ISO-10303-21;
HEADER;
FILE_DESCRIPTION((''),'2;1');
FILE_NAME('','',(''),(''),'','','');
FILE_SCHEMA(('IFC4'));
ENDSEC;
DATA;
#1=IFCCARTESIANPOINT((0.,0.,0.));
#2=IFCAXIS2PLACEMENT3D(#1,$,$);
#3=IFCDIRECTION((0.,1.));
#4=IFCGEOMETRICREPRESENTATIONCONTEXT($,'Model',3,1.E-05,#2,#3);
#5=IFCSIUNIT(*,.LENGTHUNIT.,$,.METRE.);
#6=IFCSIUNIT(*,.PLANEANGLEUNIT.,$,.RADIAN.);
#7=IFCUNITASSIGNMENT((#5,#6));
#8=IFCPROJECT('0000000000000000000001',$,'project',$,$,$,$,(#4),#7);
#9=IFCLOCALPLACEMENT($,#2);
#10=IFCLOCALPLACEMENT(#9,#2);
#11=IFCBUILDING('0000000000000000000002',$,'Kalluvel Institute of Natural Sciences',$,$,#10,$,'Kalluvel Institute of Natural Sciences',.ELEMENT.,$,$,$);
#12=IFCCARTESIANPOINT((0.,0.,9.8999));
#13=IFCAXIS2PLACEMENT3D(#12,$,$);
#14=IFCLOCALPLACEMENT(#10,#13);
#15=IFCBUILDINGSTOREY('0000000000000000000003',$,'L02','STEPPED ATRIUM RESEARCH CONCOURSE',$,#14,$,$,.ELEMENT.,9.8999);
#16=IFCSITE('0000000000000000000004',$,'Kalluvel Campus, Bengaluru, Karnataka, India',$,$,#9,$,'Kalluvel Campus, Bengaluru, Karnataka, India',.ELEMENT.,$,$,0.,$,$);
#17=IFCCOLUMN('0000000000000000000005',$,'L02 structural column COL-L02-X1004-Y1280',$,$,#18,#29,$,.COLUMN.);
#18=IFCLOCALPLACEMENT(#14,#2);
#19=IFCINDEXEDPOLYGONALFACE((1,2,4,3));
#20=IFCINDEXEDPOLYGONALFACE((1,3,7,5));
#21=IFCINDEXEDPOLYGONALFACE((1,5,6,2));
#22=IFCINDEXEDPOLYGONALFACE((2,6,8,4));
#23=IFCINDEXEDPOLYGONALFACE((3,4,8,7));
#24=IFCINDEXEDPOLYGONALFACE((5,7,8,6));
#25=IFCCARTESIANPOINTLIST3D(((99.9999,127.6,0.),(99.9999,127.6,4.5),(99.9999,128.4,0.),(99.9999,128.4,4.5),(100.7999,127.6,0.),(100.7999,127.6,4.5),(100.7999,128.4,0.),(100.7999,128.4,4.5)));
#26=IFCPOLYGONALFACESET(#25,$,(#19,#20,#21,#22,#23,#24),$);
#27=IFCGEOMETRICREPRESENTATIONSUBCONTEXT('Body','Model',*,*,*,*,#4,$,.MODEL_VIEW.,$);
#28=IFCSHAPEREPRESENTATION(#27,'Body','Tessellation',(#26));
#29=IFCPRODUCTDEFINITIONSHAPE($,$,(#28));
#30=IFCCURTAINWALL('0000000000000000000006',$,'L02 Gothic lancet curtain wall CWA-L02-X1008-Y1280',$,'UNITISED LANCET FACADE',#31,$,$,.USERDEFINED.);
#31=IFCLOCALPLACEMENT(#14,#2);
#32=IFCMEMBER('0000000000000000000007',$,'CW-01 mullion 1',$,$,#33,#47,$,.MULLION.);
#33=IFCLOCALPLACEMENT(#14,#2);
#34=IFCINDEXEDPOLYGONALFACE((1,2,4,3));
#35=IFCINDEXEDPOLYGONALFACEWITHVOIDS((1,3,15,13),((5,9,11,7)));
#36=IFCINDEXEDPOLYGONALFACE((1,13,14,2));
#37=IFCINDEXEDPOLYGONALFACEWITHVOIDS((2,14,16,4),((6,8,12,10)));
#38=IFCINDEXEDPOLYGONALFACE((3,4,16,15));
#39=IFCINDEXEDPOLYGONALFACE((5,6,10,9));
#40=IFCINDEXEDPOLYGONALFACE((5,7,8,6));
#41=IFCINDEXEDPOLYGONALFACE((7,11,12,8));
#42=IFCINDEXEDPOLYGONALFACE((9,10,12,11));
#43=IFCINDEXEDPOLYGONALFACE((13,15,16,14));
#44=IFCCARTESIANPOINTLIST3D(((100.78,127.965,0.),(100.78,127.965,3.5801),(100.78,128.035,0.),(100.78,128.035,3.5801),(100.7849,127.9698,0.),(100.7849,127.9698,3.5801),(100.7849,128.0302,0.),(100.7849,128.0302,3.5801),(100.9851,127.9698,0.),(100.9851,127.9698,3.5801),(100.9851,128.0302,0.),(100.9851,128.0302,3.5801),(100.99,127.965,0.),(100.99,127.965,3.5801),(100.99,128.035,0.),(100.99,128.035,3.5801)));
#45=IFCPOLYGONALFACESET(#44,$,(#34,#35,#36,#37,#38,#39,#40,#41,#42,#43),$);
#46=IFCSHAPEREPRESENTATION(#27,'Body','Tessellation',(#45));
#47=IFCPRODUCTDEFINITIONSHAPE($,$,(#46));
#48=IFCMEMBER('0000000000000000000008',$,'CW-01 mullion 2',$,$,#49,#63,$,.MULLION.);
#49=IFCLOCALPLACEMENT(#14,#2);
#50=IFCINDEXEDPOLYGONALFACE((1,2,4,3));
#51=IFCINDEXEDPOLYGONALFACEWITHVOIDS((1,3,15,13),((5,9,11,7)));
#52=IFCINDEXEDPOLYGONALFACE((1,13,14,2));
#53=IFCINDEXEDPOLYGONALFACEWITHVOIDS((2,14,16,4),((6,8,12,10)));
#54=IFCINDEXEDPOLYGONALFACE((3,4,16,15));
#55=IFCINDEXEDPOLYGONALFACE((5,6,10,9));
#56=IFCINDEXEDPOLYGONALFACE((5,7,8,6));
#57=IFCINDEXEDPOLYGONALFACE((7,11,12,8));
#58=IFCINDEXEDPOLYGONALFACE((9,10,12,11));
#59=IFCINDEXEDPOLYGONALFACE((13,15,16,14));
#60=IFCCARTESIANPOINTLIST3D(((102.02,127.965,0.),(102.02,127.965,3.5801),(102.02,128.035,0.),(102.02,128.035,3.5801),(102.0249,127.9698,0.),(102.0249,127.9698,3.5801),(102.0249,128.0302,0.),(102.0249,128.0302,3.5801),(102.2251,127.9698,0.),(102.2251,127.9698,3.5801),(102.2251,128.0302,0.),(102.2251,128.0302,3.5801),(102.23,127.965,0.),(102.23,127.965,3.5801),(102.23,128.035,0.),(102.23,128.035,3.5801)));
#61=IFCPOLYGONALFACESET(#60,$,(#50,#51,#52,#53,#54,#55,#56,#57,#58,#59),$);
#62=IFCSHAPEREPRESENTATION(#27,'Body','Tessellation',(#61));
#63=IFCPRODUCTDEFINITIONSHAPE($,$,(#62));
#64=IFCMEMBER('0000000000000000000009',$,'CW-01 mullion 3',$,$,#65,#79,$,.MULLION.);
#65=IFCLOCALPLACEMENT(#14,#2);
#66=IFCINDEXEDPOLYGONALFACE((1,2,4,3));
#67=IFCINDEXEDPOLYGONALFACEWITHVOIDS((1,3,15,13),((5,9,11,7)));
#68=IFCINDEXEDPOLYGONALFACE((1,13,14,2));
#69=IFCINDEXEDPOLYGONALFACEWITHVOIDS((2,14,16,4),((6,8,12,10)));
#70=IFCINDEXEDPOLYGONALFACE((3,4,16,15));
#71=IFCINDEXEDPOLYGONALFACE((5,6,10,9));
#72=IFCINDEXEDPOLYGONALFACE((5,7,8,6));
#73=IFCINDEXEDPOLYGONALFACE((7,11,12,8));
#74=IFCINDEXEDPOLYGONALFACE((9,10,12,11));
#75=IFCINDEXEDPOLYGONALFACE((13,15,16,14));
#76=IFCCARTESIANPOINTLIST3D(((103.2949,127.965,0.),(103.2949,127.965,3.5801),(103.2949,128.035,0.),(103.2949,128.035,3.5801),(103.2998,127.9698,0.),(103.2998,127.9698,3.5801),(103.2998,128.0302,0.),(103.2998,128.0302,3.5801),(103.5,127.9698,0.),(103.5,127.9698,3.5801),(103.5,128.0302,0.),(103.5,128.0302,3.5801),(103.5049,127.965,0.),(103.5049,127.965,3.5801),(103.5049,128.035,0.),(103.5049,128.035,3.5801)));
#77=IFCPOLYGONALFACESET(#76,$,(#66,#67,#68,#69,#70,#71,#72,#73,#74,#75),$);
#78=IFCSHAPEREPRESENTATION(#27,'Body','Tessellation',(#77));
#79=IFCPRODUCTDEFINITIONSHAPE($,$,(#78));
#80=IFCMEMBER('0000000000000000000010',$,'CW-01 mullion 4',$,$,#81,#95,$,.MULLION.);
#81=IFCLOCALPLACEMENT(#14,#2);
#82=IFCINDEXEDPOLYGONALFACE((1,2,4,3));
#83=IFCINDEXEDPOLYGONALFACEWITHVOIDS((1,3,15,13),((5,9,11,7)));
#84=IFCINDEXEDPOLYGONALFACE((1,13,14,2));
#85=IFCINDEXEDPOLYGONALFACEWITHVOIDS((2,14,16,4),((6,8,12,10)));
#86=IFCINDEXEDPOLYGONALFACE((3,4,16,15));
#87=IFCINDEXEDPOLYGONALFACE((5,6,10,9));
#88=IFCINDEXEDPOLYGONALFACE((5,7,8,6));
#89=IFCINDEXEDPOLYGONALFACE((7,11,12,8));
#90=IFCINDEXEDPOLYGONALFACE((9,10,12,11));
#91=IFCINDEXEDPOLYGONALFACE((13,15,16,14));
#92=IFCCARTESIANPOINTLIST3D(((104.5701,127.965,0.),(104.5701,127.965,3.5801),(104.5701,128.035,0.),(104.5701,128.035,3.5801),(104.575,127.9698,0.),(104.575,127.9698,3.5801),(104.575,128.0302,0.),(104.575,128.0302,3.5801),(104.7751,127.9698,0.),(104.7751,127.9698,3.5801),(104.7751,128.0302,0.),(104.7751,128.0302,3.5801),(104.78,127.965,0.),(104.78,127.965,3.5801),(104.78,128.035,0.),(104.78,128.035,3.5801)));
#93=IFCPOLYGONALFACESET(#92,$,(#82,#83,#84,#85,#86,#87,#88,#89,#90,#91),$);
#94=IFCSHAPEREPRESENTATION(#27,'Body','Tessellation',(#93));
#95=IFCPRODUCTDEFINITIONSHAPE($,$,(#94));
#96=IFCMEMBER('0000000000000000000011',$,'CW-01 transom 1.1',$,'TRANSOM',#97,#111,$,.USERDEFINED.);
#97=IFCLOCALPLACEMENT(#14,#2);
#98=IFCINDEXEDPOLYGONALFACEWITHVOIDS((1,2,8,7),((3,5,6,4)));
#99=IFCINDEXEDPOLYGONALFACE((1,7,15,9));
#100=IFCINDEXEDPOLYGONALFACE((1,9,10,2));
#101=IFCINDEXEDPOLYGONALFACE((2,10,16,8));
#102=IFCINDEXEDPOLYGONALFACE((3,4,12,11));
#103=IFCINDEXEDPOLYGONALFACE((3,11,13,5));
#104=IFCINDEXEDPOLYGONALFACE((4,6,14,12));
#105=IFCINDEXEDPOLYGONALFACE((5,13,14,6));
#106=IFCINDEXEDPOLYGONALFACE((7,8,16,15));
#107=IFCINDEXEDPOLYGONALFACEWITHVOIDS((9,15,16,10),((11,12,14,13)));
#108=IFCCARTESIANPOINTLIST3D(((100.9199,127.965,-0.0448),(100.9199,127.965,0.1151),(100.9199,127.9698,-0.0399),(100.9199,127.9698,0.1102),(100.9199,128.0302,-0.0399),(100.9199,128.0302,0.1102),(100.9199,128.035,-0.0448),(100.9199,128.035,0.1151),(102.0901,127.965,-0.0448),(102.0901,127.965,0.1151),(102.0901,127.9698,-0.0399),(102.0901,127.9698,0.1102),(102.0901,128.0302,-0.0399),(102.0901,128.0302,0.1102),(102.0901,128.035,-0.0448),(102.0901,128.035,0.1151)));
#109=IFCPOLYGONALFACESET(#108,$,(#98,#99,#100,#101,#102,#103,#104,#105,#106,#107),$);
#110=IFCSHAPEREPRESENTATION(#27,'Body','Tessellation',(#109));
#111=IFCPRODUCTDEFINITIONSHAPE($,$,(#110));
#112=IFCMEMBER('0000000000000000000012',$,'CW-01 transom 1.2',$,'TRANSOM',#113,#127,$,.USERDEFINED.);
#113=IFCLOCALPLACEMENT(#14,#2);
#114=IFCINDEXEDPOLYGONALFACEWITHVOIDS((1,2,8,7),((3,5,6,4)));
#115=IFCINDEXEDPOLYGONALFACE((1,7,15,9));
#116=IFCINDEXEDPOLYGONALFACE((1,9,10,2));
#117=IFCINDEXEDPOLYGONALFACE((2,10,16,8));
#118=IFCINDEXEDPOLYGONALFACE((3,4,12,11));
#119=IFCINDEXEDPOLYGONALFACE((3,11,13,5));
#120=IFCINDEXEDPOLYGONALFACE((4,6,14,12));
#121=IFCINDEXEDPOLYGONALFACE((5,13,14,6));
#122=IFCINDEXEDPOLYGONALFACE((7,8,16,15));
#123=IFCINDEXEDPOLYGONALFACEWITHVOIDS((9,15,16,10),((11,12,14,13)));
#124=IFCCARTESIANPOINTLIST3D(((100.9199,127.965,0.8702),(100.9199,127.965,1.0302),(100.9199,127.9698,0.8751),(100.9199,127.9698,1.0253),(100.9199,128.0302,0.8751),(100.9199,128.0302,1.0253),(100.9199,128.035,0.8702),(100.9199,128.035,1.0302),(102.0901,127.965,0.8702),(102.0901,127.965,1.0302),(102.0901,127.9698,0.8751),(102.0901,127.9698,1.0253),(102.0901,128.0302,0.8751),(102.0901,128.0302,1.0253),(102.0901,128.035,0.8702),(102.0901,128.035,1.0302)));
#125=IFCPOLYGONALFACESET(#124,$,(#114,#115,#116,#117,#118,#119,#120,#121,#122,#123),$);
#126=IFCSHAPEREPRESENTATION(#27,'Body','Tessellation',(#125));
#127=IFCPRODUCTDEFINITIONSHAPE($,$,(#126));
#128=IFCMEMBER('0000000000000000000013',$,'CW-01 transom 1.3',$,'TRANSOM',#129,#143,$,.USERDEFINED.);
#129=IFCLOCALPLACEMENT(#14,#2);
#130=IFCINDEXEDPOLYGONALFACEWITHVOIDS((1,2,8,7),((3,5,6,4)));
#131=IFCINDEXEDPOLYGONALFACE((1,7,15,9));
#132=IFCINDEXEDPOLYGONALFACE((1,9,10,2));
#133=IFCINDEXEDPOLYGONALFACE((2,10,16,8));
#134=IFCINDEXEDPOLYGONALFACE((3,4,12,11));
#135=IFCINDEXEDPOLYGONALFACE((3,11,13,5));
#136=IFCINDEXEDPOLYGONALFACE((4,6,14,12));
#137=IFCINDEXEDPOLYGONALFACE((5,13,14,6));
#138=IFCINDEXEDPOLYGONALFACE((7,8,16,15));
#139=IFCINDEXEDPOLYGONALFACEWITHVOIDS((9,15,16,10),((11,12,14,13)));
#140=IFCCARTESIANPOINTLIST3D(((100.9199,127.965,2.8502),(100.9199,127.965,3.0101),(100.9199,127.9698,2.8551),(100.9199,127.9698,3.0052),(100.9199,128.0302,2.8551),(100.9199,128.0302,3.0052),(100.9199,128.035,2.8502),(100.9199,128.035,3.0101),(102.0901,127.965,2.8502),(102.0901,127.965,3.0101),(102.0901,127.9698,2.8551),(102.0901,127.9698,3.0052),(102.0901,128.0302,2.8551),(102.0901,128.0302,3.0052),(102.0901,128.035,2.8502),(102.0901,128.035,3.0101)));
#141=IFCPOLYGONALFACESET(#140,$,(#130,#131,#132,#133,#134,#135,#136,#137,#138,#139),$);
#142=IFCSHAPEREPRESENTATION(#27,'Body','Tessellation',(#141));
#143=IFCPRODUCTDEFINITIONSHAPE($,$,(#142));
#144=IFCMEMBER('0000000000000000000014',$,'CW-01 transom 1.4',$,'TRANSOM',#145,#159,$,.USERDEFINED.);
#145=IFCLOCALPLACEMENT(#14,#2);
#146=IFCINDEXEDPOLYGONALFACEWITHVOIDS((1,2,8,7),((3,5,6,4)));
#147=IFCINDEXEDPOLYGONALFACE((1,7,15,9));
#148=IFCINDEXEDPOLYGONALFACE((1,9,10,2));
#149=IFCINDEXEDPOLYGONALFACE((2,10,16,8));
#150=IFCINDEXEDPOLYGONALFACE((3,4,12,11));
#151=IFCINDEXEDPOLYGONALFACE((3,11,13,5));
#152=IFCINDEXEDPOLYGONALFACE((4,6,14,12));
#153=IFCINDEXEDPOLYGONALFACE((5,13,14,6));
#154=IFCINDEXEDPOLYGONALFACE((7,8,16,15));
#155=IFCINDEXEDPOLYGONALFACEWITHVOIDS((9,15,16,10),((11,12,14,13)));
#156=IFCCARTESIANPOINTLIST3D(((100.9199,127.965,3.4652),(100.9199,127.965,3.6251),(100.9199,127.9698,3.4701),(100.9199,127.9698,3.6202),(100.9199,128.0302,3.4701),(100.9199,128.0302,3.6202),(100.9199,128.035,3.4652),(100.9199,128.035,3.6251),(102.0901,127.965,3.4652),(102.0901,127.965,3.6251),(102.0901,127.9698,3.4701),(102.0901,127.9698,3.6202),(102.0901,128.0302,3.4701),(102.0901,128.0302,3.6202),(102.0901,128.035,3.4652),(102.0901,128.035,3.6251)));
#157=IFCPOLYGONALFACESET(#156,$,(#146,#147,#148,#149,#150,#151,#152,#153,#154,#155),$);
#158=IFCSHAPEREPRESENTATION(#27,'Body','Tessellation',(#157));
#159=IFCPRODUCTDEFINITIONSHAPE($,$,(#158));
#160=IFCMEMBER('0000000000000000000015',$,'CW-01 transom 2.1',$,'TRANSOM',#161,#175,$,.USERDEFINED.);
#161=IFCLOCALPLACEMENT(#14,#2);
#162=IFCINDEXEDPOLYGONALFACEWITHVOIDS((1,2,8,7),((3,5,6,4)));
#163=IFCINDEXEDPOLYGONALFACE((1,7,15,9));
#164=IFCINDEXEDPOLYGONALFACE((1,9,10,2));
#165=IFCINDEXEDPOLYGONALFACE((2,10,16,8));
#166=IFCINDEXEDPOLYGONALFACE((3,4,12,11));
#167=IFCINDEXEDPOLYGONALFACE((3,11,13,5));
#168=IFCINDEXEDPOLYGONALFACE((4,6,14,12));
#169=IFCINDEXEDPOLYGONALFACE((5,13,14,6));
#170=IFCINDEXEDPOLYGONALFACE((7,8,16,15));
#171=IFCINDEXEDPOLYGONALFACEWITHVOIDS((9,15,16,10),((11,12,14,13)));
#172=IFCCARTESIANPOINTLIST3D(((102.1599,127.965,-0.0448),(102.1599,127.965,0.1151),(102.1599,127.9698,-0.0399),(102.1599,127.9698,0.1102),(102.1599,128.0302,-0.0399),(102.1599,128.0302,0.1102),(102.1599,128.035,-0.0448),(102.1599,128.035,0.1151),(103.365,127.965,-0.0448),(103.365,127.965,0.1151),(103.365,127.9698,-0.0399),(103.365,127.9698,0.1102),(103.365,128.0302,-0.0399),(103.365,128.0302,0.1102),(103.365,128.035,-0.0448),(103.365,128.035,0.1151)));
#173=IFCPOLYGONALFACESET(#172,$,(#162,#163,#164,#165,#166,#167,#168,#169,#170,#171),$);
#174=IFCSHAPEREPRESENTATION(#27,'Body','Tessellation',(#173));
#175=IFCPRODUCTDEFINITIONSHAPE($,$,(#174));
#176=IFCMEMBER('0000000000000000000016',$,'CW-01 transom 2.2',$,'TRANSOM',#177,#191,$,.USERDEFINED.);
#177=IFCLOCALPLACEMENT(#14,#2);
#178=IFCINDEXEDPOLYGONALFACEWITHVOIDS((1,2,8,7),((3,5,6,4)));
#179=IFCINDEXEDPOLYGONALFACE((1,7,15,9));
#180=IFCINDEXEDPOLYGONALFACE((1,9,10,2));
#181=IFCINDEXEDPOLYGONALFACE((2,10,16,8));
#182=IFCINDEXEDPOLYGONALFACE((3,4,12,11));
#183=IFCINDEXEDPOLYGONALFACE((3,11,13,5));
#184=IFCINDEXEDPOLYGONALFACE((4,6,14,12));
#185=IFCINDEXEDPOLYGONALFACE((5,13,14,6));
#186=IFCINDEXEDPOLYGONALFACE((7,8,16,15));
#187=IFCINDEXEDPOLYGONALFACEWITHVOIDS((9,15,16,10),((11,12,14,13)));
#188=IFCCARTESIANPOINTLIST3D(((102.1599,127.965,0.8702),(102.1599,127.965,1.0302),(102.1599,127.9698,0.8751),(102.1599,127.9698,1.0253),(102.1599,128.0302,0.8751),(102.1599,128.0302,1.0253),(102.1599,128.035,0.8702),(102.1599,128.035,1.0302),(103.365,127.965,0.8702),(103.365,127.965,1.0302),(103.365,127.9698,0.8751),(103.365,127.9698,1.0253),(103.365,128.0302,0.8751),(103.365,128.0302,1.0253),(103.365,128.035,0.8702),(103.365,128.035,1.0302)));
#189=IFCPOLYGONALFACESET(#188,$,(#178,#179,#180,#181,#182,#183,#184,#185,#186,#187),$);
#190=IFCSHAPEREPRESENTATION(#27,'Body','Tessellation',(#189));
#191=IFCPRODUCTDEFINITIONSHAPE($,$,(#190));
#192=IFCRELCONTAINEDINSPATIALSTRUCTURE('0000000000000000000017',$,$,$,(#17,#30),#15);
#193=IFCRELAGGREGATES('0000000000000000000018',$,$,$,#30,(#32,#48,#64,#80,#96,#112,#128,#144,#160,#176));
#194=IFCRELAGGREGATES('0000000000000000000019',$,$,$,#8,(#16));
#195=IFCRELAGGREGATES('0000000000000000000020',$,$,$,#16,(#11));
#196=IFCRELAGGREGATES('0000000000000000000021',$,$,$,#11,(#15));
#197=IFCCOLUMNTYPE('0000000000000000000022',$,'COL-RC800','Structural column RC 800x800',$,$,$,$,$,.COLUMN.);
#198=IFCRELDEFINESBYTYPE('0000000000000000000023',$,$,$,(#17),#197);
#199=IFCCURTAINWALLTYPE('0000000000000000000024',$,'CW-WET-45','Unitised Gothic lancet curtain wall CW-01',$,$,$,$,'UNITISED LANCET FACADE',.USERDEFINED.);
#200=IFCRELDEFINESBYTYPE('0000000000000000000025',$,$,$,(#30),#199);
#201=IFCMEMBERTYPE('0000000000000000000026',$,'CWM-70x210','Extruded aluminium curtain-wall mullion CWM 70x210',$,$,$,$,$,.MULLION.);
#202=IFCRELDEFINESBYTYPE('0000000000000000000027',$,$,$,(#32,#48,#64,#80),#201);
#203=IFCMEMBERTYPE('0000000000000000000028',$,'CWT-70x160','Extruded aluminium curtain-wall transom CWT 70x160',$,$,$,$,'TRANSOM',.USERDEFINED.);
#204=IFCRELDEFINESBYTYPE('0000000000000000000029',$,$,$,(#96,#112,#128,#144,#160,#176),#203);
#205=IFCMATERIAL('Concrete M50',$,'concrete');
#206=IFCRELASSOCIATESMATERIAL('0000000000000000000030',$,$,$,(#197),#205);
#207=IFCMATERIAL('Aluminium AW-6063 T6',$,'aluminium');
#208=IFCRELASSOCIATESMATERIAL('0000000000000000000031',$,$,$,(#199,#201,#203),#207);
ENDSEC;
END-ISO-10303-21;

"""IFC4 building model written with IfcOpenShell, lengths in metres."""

from ifc_helpers import new_model, si_unit, direction, frame, origin, origin_2d, place, context, subcontext, project, spatial, rectangle, hollow_rectangle, extrude, material, material_profile, profile_set, type_object, element, aggregate, save


model = new_model("IFC4")

# Units and contexts
model_context = context("Model", 3, precision=1e-05, world=origin(), true_north=direction((0.0, 1.0)))
body_context = subcontext(model_context, "Body", "Model", "MODEL_VIEW")
ifc_project = project(units=[si_unit("LENGTHUNIT", "METRE"), si_unit("PLANEANGLEUNIT", "RADIAN")], contexts=[model_context])

# Site, building, storey
site_placement = place(None, origin())
site = spatial("IfcSite", under=ifc_project, at=site_placement, Name="Kalluvel Campus, Bengaluru, Karnataka, India", LongName="Kalluvel Campus, Bengaluru, Karnataka, India", CompositionType="ELEMENT", RefElevation=0.0)
building_placement = place(site_placement, origin())
building = spatial("IfcBuilding", under=site, at=building_placement, Name="Kalluvel Institute of Natural Sciences", LongName="Kalluvel Institute of Natural Sciences", CompositionType="ELEMENT")
storey_placement = place(building_placement, frame((0.0, 0.0, 9.8999)))
storey = spatial("IfcBuildingStorey", under=building, at=storey_placement, Name="L02", Description="STEPPED ATRIUM RESEARCH CONCOURSE", CompositionType="ELEMENT", Elevation=9.8999)

# Column
ifc_material_1 = material(Name="Concrete M50", Category="concrete")
ifc_material_profile_1 = material_profile(ifc_material_1, rectangle(XDim=0.8, YDim=0.8, at=origin_2d()), Name="RC 800x800")
ifc_profile_set_1 = profile_set([ifc_material_profile_1], Name="Concrete M50")
column_type = type_object("IfcColumnType", Name="COL-RC800", Description="Structural column RC 800x800", PredefinedType="COLUMN", material=ifc_profile_set_1)
column_placement = place(storey_placement, frame((100.3999, 128.0, 0.0), z_axis=(0.0, 0.0, 1.0), x_axis=(1.0, 0.0, 0.0)))
element("IfcColumn", 1, at=column_placement, inside=storey, type_object=column_type, Name="L02 structural column COL-L02-X1004-Y1280", PredefinedType="COLUMN", context=body_context, shape_type="SweptSolid", body=[
    extrude(rectangle(XDim=0.8, YDim=0.8, at=origin_2d()), origin(), (0.0, 0.0, 1.0), 4.5),
])

# Curtain wall, members
ifc_material_2 = material(Name="Aluminium AW-6063 T6", Category="aluminium")
curtain_wall_type = type_object("IfcCurtainWallType", Name="CW-WET-45", Description="Unitised Gothic lancet curtain wall CW-01", ElementType="UNITISED LANCET FACADE", PredefinedType="USERDEFINED", material=ifc_material_2)
curtain_wall_placement = place(storey_placement, origin())
curtain_wall = element("IfcCurtainWall", 2, at=curtain_wall_placement, inside=storey, type_object=curtain_wall_type, Name="L02 Gothic lancet curtain wall CWA-L02-X1008-Y1280", ObjectType="UNITISED LANCET FACADE", PredefinedType="USERDEFINED")
ifc_material_profile_2 = material_profile(ifc_material_2, hollow_rectangle(XDim=0.0701, YDim=0.21, WallThickness=0.0049, at=origin_2d()), Name="CWM 70x210")
ifc_profile_set_2 = profile_set([ifc_material_profile_2], Name="Aluminium AW-6063 T6")
member_type_1 = type_object("IfcMemberType", Name="CWM-70x210", Description="Extruded aluminium curtain-wall mullion CWM 70x210", PredefinedType="MULLION", material=ifc_profile_set_2)
member_1_placement = place(storey_placement, frame((100.885, 128.0, 0.0), z_axis=(0.0, 0.0, 1.0), x_axis=(0.0, 1.0, 0.0)))
member_1 = element("IfcMember", 3, at=member_1_placement, type_object=member_type_1, Name="CW-01 mullion 1", PredefinedType="MULLION", context=body_context, shape_type="SweptSolid", body=[
    extrude(hollow_rectangle(XDim=0.0701, YDim=0.21, WallThickness=0.0049, at=origin_2d()), origin(), (0.0, 0.0, 1.0), 3.5801),
])
member_2_placement = place(storey_placement, frame((102.125, 128.0, 0.0), z_axis=(0.0, 0.0, 1.0), x_axis=(0.0, 1.0, 0.0)))
member_2 = element("IfcMember", 4, at=member_2_placement, type_object=member_type_1, Name="CW-01 mullion 2", PredefinedType="MULLION", context=body_context, shape_type="SweptSolid", body=[
    extrude(hollow_rectangle(XDim=0.0701, YDim=0.21, WallThickness=0.0049, at=origin_2d()), origin(), (0.0, 0.0, 1.0), 3.5801),
])
member_3_placement = place(storey_placement, frame((103.3999, 128.0, 0.0), z_axis=(0.0, 0.0, 1.0), x_axis=(0.0, 1.0, 0.0)))
member_3 = element("IfcMember", 5, at=member_3_placement, type_object=member_type_1, Name="CW-01 mullion 3", PredefinedType="MULLION", context=body_context, shape_type="SweptSolid", body=[
    extrude(hollow_rectangle(XDim=0.0701, YDim=0.21, WallThickness=0.0049, at=origin_2d()), origin(), (0.0, 0.0, 1.0), 3.5801),
])
member_4_placement = place(storey_placement, frame((104.675, 128.0, 0.0), z_axis=(0.0, 0.0, 1.0), x_axis=(0.0, 1.0, 0.0)))
member_4 = element("IfcMember", 6, at=member_4_placement, type_object=member_type_1, Name="CW-01 mullion 4", PredefinedType="MULLION", context=body_context, shape_type="SweptSolid", body=[
    extrude(hollow_rectangle(XDim=0.0701, YDim=0.21, WallThickness=0.0049, at=origin_2d()), origin(), (0.0, 0.0, 1.0), 3.5801),
])
ifc_material_profile_3 = material_profile(ifc_material_2, hollow_rectangle(XDim=0.0701, YDim=0.1599, WallThickness=0.0049, at=origin_2d()), Name="CWT 70x160")
ifc_profile_set_3 = profile_set([ifc_material_profile_3], Name="Aluminium AW-6063 T6")
member_type_2 = type_object("IfcMemberType", Name="CWT-70x160", Description="Extruded aluminium curtain-wall transom CWT 70x160", ElementType="TRANSOM", PredefinedType="USERDEFINED", material=ifc_profile_set_3)
member_5_placement = place(storey_placement, frame((100.9199, 128.0, 0.0352), z_axis=(1.0, 0.0, 0.0), x_axis=(0.0, 1.0, 0.0)))
member_5 = element("IfcMember", 7, at=member_5_placement, type_object=member_type_2, Name="CW-01 transom 1.1", ObjectType="TRANSOM", PredefinedType="USERDEFINED", context=body_context, shape_type="SweptSolid", body=[
    extrude(hollow_rectangle(XDim=0.0701, YDim=0.1599, WallThickness=0.0049, at=origin_2d()), origin(), (0.0, 0.0, 1.0), 1.1702),
])
member_6_placement = place(storey_placement, frame((100.9199, 128.0, 0.9502), z_axis=(1.0, 0.0, 0.0), x_axis=(0.0, 1.0, 0.0)))
member_6 = element("IfcMember", 8, at=member_6_placement, type_object=member_type_2, Name="CW-01 transom 1.2", ObjectType="TRANSOM", PredefinedType="USERDEFINED", context=body_context, shape_type="SweptSolid", body=[
    extrude(hollow_rectangle(XDim=0.0701, YDim=0.1599, WallThickness=0.0049, at=origin_2d()), origin(), (0.0, 0.0, 1.0), 1.1702),
])
member_7_placement = place(storey_placement, frame((100.9199, 128.0, 2.9302), z_axis=(1.0, 0.0, 0.0), x_axis=(0.0, 1.0, 0.0)))
member_7 = element("IfcMember", 9, at=member_7_placement, type_object=member_type_2, Name="CW-01 transom 1.3", ObjectType="TRANSOM", PredefinedType="USERDEFINED", context=body_context, shape_type="SweptSolid", body=[
    extrude(hollow_rectangle(XDim=0.0701, YDim=0.1599, WallThickness=0.0049, at=origin_2d()), origin(), (0.0, 0.0, 1.0), 1.1702),
])
member_8_placement = place(storey_placement, frame((100.9199, 128.0, 3.5452), z_axis=(1.0, 0.0, 0.0), x_axis=(0.0, 1.0, 0.0)))
member_8 = element("IfcMember", 10, at=member_8_placement, type_object=member_type_2, Name="CW-01 transom 1.4", ObjectType="TRANSOM", PredefinedType="USERDEFINED", context=body_context, shape_type="SweptSolid", body=[
    extrude(hollow_rectangle(XDim=0.0701, YDim=0.1599, WallThickness=0.0049, at=origin_2d()), origin(), (0.0, 0.0, 1.0), 1.1702),
])
member_9_placement = place(storey_placement, frame((102.1599, 128.0, 0.0352), z_axis=(1.0, 0.0, 0.0), x_axis=(0.0, 1.0, 0.0)))
member_9 = element("IfcMember", 11, at=member_9_placement, type_object=member_type_2, Name="CW-01 transom 2.1", ObjectType="TRANSOM", PredefinedType="USERDEFINED", context=body_context, shape_type="SweptSolid", body=[
    extrude(hollow_rectangle(XDim=0.0701, YDim=0.1599, WallThickness=0.0049, at=origin_2d()), origin(), (0.0, 0.0, 1.0), 1.2051),
])
member_10_placement = place(storey_placement, frame((102.1599, 128.0, 0.9502), z_axis=(1.0, 0.0, 0.0), x_axis=(0.0, 1.0, 0.0)))
member_10 = element("IfcMember", 12, at=member_10_placement, type_object=member_type_2, Name="CW-01 transom 2.2", ObjectType="TRANSOM", PredefinedType="USERDEFINED", context=body_context, shape_type="SweptSolid", body=[
    extrude(hollow_rectangle(XDim=0.0701, YDim=0.1599, WallThickness=0.0049, at=origin_2d()), origin(), (0.0, 0.0, 1.0), 1.2051),
])

aggregate(curtain_wall, [member_1, member_2, member_3, member_4, member_5, member_6, member_7, member_8, member_9, member_10])

save(model, "model.ifc")
